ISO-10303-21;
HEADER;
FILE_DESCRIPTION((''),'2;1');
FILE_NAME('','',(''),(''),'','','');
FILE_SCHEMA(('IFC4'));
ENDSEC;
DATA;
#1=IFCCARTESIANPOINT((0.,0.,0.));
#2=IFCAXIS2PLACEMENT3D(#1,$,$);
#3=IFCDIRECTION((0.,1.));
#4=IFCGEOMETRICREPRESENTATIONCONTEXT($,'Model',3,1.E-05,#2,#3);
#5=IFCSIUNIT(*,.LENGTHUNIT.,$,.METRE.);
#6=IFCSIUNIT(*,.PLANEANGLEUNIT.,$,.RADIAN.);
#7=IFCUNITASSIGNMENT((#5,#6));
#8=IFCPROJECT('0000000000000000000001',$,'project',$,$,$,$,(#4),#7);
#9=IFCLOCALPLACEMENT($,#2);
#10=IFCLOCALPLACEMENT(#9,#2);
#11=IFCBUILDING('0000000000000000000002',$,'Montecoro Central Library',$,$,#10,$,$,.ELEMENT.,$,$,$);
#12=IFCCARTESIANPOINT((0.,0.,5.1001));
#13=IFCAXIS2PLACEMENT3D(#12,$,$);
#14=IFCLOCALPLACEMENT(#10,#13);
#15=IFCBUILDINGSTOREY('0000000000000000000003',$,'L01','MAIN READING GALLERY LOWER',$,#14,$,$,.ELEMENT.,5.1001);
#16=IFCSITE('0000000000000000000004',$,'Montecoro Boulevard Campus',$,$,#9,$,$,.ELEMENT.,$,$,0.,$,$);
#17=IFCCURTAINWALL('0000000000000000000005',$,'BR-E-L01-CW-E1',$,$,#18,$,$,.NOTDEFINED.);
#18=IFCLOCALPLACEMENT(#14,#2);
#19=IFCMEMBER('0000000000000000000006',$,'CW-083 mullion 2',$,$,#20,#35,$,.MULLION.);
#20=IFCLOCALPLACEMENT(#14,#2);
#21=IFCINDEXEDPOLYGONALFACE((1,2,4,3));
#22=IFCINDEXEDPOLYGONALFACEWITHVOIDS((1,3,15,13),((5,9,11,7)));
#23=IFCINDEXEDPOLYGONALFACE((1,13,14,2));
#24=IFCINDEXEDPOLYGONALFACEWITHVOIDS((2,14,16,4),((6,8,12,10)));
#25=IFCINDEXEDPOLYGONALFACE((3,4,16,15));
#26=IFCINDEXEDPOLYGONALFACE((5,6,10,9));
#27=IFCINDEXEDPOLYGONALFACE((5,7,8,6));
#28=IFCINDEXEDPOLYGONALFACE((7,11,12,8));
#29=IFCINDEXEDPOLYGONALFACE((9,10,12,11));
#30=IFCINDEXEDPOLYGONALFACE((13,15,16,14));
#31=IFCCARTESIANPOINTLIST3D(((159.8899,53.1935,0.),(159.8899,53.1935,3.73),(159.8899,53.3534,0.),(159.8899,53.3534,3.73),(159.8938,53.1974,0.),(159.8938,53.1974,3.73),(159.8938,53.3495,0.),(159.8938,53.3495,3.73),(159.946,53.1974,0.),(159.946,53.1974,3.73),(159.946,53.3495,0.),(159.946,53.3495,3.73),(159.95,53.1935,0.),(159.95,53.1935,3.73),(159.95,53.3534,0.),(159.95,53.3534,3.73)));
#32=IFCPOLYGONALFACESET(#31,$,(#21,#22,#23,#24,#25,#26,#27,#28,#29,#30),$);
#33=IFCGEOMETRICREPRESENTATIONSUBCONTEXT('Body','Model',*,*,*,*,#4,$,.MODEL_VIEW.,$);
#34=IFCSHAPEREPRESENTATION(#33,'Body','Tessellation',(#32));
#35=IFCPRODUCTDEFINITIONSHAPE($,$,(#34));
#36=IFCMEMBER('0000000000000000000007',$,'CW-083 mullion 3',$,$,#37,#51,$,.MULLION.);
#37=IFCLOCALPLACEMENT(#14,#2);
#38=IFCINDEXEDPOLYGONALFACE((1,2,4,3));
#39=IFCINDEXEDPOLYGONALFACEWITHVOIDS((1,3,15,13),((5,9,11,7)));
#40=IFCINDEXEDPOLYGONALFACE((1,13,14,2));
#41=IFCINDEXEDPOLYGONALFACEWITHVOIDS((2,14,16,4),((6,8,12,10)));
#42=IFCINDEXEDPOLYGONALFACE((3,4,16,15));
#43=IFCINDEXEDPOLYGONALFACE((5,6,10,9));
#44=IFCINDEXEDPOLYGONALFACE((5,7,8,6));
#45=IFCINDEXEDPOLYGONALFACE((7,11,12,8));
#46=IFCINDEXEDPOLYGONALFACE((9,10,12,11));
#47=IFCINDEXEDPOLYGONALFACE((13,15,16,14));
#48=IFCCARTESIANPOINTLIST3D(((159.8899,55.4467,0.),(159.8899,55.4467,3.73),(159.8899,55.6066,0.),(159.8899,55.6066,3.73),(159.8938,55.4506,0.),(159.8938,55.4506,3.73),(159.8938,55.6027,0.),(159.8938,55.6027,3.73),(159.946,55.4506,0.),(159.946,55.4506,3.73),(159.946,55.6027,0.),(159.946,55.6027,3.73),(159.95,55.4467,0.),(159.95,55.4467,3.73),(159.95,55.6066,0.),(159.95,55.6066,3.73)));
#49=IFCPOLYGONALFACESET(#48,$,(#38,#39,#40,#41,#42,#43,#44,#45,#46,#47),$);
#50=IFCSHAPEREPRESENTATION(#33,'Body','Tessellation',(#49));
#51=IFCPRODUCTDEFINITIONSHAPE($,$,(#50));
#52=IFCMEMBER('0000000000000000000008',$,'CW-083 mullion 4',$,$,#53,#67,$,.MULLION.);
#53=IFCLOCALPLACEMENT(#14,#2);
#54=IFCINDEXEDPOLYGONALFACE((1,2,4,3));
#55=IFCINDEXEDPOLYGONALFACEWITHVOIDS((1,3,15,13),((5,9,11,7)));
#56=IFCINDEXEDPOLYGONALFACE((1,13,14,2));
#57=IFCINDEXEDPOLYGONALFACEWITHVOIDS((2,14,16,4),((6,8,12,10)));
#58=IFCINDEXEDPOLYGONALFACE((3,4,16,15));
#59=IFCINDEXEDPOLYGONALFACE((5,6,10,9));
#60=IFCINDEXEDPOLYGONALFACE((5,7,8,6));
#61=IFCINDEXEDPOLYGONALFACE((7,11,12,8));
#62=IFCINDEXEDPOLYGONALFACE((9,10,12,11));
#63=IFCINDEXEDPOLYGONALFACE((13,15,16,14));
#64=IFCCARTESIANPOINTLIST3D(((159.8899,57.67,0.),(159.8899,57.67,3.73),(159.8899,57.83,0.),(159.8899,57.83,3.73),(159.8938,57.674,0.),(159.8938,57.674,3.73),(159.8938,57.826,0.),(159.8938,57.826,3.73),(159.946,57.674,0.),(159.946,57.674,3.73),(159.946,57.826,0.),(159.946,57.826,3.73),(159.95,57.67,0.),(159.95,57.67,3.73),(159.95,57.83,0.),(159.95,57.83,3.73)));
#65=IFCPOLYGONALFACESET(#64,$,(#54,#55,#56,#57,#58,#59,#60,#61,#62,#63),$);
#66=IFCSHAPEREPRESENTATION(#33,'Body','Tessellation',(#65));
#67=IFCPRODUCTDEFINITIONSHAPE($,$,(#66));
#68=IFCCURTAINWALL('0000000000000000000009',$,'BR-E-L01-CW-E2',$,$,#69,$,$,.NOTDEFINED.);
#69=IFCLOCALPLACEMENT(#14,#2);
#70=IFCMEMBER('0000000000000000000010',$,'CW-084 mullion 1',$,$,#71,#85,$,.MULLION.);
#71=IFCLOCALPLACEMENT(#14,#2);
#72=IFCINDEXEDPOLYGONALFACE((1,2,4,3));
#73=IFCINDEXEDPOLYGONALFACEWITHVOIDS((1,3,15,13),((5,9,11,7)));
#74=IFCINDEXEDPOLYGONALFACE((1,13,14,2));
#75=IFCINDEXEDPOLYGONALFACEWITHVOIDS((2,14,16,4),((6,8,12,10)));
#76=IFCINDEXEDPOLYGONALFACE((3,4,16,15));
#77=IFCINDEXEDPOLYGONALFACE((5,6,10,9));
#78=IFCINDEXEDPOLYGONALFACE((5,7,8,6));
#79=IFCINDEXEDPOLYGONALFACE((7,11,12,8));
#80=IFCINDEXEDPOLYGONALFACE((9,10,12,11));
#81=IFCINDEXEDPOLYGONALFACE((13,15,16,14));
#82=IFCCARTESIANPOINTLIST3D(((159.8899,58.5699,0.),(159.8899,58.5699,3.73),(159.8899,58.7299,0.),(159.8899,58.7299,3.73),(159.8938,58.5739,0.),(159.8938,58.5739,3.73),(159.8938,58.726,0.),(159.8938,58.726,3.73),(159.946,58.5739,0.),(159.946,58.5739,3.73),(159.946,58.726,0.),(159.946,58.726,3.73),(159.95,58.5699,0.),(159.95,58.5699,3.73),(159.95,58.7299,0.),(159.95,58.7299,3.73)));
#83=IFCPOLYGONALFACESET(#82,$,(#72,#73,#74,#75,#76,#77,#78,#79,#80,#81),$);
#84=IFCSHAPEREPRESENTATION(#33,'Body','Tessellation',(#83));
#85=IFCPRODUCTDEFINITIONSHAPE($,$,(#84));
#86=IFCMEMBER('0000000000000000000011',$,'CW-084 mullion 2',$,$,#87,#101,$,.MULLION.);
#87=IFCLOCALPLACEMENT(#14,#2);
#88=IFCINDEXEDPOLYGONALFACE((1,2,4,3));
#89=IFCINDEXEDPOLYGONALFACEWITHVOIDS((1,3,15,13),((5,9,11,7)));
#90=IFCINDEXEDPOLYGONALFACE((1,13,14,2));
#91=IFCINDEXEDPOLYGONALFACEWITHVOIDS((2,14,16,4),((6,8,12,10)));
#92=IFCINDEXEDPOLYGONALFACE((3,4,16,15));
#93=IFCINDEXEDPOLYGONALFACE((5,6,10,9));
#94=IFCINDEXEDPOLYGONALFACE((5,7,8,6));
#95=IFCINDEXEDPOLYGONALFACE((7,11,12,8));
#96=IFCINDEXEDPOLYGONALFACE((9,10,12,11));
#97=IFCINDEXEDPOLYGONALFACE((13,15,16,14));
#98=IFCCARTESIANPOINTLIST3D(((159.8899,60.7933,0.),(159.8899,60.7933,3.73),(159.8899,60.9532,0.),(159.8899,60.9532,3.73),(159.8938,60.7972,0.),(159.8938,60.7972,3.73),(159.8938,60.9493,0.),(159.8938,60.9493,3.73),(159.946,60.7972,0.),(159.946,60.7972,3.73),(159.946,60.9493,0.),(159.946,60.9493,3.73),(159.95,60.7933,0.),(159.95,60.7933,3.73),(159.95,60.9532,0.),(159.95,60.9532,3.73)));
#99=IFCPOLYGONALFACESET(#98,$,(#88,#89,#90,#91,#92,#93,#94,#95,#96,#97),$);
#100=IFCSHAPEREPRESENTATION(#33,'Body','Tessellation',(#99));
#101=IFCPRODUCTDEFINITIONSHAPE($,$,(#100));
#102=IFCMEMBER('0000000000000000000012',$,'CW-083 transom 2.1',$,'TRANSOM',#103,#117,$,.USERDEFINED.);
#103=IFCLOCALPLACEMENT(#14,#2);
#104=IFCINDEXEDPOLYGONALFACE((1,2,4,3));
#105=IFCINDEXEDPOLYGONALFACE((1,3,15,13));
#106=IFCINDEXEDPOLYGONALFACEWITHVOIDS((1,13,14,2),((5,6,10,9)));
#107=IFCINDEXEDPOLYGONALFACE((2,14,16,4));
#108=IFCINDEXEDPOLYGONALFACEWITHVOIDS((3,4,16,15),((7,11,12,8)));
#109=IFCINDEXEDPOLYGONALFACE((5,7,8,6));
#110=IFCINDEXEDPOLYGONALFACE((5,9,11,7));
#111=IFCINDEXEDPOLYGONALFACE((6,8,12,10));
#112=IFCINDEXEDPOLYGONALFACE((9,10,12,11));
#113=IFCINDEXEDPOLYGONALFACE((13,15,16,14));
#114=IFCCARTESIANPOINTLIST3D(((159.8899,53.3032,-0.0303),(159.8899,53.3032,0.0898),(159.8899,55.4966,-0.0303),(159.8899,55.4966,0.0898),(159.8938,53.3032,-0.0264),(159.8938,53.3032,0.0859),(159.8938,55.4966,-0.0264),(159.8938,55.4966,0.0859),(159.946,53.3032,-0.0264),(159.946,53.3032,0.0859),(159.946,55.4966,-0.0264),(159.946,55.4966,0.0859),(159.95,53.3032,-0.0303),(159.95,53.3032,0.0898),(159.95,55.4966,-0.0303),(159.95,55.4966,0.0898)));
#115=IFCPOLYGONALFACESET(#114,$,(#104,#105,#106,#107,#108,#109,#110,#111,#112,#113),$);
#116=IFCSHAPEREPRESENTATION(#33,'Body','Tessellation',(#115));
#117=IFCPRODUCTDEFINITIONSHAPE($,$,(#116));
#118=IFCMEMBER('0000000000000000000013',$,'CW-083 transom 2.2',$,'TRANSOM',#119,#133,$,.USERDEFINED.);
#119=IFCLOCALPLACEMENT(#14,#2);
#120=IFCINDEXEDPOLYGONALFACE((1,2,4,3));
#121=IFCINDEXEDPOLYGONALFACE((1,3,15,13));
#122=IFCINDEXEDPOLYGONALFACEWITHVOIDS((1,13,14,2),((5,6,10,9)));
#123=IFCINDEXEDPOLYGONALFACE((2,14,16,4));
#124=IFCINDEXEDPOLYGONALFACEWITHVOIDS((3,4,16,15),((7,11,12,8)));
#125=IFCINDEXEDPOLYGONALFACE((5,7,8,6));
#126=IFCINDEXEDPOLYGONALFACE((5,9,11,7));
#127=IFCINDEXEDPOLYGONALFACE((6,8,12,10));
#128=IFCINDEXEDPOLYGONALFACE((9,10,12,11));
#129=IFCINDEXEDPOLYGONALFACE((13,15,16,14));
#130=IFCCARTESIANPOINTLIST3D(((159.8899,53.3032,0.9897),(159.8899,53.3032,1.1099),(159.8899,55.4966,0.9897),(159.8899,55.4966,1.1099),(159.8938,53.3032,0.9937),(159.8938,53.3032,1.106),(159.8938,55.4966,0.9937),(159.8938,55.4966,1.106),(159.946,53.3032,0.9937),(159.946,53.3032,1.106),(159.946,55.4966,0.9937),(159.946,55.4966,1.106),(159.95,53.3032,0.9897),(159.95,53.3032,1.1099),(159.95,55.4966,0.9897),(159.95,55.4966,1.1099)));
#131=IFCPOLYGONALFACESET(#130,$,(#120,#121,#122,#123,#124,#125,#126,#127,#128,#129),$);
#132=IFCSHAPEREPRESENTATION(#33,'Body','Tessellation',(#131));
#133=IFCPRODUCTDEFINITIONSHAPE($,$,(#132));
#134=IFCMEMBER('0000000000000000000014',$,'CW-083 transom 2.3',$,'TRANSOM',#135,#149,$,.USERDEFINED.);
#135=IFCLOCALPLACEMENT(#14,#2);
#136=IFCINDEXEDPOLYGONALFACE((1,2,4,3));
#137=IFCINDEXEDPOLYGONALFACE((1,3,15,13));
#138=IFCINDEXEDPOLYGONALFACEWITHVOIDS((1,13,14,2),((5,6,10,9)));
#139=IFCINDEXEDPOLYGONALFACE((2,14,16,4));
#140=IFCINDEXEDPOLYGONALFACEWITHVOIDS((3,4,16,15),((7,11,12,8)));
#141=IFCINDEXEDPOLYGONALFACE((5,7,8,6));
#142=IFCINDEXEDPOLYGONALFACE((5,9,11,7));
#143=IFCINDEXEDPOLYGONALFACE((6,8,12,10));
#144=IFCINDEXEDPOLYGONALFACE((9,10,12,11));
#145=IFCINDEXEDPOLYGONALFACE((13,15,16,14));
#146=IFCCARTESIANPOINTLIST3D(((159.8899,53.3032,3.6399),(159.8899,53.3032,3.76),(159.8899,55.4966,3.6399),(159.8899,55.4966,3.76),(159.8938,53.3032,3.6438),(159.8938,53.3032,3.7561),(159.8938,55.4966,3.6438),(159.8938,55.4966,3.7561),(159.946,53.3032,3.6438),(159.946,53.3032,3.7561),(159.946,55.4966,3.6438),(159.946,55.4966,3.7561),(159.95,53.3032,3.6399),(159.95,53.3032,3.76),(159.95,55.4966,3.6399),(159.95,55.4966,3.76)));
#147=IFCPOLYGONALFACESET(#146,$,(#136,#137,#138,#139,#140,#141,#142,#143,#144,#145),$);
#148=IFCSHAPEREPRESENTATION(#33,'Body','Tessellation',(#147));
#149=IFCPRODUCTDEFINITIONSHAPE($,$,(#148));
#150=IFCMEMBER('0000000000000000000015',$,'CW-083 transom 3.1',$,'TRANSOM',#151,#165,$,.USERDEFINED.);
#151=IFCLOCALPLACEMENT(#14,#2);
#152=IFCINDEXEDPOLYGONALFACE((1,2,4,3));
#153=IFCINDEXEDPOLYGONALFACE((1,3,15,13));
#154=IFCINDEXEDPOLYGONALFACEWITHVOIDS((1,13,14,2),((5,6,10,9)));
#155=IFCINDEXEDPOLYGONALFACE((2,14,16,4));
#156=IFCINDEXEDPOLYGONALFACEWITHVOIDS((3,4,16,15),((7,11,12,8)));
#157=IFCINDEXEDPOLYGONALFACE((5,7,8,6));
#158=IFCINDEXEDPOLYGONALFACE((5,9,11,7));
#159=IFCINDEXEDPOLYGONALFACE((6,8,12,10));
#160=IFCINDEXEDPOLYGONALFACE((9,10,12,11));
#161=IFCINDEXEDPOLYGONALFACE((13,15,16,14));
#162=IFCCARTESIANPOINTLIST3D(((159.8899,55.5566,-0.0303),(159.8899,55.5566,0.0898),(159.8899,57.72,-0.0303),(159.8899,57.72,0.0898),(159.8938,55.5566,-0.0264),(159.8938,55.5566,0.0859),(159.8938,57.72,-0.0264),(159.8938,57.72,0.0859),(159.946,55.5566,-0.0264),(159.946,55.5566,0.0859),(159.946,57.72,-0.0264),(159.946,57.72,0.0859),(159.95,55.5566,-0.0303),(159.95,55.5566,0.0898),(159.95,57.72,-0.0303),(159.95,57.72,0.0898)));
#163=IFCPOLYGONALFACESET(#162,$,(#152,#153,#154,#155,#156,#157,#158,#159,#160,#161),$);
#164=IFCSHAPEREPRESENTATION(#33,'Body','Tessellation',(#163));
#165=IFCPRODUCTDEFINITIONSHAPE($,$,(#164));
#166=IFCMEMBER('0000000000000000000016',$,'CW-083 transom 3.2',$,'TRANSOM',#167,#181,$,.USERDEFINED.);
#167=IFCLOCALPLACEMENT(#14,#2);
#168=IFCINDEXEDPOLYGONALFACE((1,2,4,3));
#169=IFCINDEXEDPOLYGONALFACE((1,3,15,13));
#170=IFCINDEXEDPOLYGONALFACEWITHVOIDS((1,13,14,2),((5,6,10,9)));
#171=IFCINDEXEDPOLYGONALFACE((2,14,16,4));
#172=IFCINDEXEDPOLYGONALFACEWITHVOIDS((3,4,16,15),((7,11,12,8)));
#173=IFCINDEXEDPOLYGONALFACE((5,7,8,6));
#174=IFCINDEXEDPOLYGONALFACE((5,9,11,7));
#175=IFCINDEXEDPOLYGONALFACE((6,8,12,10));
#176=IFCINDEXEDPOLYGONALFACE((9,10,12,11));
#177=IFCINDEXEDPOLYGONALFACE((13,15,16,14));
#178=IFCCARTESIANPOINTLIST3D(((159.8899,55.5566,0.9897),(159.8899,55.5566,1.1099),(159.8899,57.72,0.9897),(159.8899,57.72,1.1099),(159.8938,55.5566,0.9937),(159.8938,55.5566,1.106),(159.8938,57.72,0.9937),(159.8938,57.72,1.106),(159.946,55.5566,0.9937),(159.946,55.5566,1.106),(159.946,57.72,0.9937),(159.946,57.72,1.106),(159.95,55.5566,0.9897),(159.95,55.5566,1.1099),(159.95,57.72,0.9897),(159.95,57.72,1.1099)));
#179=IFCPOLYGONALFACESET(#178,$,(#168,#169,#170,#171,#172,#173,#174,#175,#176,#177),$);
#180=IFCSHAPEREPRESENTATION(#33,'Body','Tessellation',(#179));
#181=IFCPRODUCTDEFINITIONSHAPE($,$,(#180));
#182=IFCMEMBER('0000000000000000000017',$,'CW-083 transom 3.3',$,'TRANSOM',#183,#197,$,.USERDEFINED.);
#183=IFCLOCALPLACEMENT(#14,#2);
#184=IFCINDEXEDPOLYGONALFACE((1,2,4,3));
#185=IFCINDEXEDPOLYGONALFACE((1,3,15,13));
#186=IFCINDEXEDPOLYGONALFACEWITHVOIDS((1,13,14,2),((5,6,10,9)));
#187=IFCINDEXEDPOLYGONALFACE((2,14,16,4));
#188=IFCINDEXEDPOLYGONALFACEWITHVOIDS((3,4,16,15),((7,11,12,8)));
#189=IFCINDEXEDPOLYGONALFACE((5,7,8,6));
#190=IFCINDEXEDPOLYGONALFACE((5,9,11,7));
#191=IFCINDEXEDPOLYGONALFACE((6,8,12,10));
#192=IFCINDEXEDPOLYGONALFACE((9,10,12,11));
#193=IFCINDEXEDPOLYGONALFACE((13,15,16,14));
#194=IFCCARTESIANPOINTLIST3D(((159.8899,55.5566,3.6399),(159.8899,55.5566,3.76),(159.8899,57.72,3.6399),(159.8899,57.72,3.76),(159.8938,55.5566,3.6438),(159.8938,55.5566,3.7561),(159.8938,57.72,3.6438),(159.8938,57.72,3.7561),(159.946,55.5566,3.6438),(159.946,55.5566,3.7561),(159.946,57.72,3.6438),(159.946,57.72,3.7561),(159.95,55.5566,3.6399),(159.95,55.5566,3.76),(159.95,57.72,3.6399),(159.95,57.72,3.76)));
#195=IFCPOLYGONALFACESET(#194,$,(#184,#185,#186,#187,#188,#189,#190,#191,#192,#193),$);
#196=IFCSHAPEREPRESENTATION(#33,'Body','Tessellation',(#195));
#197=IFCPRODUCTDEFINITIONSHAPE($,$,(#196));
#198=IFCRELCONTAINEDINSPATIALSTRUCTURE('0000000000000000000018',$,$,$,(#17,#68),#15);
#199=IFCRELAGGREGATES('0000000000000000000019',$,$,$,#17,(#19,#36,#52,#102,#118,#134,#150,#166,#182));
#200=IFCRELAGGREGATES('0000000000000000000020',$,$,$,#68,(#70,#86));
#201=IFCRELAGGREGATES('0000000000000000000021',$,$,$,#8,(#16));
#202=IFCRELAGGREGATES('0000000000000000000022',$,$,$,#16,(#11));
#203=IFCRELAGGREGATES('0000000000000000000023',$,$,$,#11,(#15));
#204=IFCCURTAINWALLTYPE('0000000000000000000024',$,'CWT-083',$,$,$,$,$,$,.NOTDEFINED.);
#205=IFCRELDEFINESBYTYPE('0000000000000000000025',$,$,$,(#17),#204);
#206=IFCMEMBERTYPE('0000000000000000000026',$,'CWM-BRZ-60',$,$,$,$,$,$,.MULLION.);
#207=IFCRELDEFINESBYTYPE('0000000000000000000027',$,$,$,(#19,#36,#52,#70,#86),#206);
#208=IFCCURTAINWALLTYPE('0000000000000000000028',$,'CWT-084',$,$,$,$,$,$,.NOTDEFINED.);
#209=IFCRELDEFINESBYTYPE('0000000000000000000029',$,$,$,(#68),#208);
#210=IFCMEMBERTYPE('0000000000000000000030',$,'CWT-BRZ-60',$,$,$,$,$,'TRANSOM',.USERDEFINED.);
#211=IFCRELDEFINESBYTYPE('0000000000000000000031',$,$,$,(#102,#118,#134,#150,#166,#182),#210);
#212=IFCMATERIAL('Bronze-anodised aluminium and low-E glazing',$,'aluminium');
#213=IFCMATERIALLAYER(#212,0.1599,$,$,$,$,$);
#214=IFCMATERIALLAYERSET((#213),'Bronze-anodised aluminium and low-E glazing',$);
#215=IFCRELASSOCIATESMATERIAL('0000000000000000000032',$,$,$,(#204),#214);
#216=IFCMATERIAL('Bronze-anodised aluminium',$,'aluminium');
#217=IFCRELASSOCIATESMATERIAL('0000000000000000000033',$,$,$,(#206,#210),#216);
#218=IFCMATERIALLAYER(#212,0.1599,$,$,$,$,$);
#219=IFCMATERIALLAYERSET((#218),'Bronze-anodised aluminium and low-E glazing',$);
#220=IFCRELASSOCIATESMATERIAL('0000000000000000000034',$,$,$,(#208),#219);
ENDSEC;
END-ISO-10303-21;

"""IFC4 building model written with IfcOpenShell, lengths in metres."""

from ifc_helpers import new_model, si_unit, direction, frame, origin, origin_2d, place, context, subcontext, project, spatial, hollow_rectangle, extrude, material, layer, layer_set, material_profile, profile_set, type_object, element, aggregate, save


model = new_model("IFC4")

# Units and contexts
model_context = context("Model", 3, precision=1e-05, world=origin(), true_north=direction((0.0, 1.0)))
body_context = subcontext(model_context, "Body", "Model", "MODEL_VIEW")
ifc_project = project(units=[si_unit("LENGTHUNIT", "METRE"), si_unit("PLANEANGLEUNIT", "RADIAN")], contexts=[model_context])

# Site, building, storey
site_placement = place(None, origin())
site = spatial("IfcSite", under=ifc_project, at=site_placement, Name="Montecoro Boulevard Campus", CompositionType="ELEMENT", RefElevation=0.0)
building_placement = place(site_placement, origin())
building = spatial("IfcBuilding", under=site, at=building_placement, Name="Montecoro Central Library", CompositionType="ELEMENT")
storey_placement = place(building_placement, frame((0.0, 0.0, 5.1001)))
storey = spatial("IfcBuildingStorey", under=building, at=storey_placement, Name="L01", Description="MAIN READING GALLERY LOWER", CompositionType="ELEMENT", Elevation=5.1001)

# Curtain walls, members
ifc_material_1 = material(Name="Bronze-anodised aluminium and low-E glazing", Category="aluminium")
ifc_layer_1 = layer(ifc_material_1, 0.1599)
ifc_layer_set_1 = layer_set([ifc_layer_1], Name="Bronze-anodised aluminium and low-E glazing")
curtain_wall_type_1 = type_object("IfcCurtainWallType", Name="CWT-083", PredefinedType="NOTDEFINED", material=ifc_layer_set_1)
curtain_wall_1_placement = place(storey_placement, origin())
curtain_wall_1 = element("IfcCurtainWall", 1, at=curtain_wall_1_placement, inside=storey, type_object=curtain_wall_type_1, Name="BR-E-L01-CW-E1", PredefinedType="NOTDEFINED")
ifc_material_2 = material(Name="Bronze-anodised aluminium", Category="aluminium")
ifc_material_profile_1 = material_profile(ifc_material_2, hollow_rectangle(XDim=0.0601, YDim=0.1599, WallThickness=0.0039, at=origin_2d()), Name="CWM 160x60x4.0")
ifc_profile_set_1 = profile_set([ifc_material_profile_1], Name="Bronze-anodised aluminium")
member_type_1 = type_object("IfcMemberType", Name="CWM-BRZ-60", PredefinedType="MULLION", material=ifc_profile_set_1)
member_1_placement = place(storey_placement, frame((159.9199, 53.2734, 0.0), z_axis=(0.0, 0.0, 1.0), x_axis=(-1.0, 0.0, 0.0)))
member_1 = element("IfcMember", 2, at=member_1_placement, type_object=member_type_1, Name="CW-083 mullion 2", PredefinedType="MULLION", context=body_context, shape_type="SweptSolid", body=[
    extrude(hollow_rectangle(XDim=0.0601, YDim=0.1599, WallThickness=0.0039, at=origin_2d()), origin(), (0.0, 0.0, 1.0), 3.73),
])
member_2_placement = place(storey_placement, frame((159.9199, 55.5266, 0.0), z_axis=(0.0, 0.0, 1.0), x_axis=(-1.0, 0.0, 0.0)))
member_2 = element("IfcMember", 3, at=member_2_placement, type_object=member_type_1, Name="CW-083 mullion 3", PredefinedType="MULLION", context=body_context, shape_type="SweptSolid", body=[
    extrude(hollow_rectangle(XDim=0.0601, YDim=0.1599, WallThickness=0.0039, at=origin_2d()), origin(), (0.0, 0.0, 1.0), 3.73),
])
member_3_placement = place(storey_placement, frame((159.9199, 57.75, 0.0), z_axis=(0.0, 0.0, 1.0), x_axis=(-1.0, 0.0, 0.0)))
member_3 = element("IfcMember", 4, at=member_3_placement, type_object=member_type_1, Name="CW-083 mullion 4", PredefinedType="MULLION", context=body_context, shape_type="SweptSolid", body=[
    extrude(hollow_rectangle(XDim=0.0601, YDim=0.1599, WallThickness=0.0039, at=origin_2d()), origin(), (0.0, 0.0, 1.0), 3.73),
])
ifc_layer_2 = layer(ifc_material_1, 0.1599)
ifc_layer_set_2 = layer_set([ifc_layer_2], Name="Bronze-anodised aluminium and low-E glazing")
curtain_wall_type_2 = type_object("IfcCurtainWallType", Name="CWT-084", PredefinedType="NOTDEFINED", material=ifc_layer_set_2)
curtain_wall_2_placement = place(storey_placement, origin())
curtain_wall_2 = element("IfcCurtainWall", 5, at=curtain_wall_2_placement, inside=storey, type_object=curtain_wall_type_2, Name="BR-E-L01-CW-E2", PredefinedType="NOTDEFINED")
member_4_placement = place(storey_placement, frame((159.9199, 58.6499, 0.0), z_axis=(0.0, 0.0, 1.0), x_axis=(-1.0, 0.0, 0.0)))
member_4 = element("IfcMember", 6, at=member_4_placement, type_object=member_type_1, Name="CW-084 mullion 1", PredefinedType="MULLION", context=body_context, shape_type="SweptSolid", body=[
    extrude(hollow_rectangle(XDim=0.0601, YDim=0.1599, WallThickness=0.0039, at=origin_2d()), origin(), (0.0, 0.0, 1.0), 3.73),
])
member_5_placement = place(storey_placement, frame((159.9199, 60.8733, 0.0), z_axis=(0.0, 0.0, 1.0), x_axis=(-1.0, 0.0, 0.0)))
member_5 = element("IfcMember", 7, at=member_5_placement, type_object=member_type_1, Name="CW-084 mullion 2", PredefinedType="MULLION", context=body_context, shape_type="SweptSolid", body=[
    extrude(hollow_rectangle(XDim=0.0601, YDim=0.1599, WallThickness=0.0039, at=origin_2d()), origin(), (0.0, 0.0, 1.0), 3.73),
])

# Members
ifc_material_profile_2 = material_profile(ifc_material_2, hollow_rectangle(XDim=0.0601, YDim=0.1201, WallThickness=0.0039, at=origin_2d()), Name="CWT 120x60x4.0")
ifc_profile_set_2 = profile_set([ifc_material_profile_2], Name="Bronze-anodised aluminium")
member_type_2 = type_object("IfcMemberType", Name="CWT-BRZ-60", ElementType="TRANSOM", PredefinedType="USERDEFINED", material=ifc_profile_set_2)
member_6_placement = place(storey_placement, frame((159.9199, 53.3032, 0.0298), z_axis=(0.0, 1.0, 0.0), x_axis=(-1.0, 0.0, 0.0)))
member_6 = element("IfcMember", 8, at=member_6_placement, type_object=member_type_2, Name="CW-083 transom 2.1", ObjectType="TRANSOM", PredefinedType="USERDEFINED", context=body_context, shape_type="SweptSolid", body=[
    extrude(hollow_rectangle(XDim=0.0601, YDim=0.1201, WallThickness=0.0039, at=origin_2d()), origin(), (0.0, 0.0, 1.0), 2.1934),
])
member_7_placement = place(storey_placement, frame((159.9199, 53.3032, 1.0498), z_axis=(0.0, 1.0, 0.0), x_axis=(-1.0, 0.0, 0.0)))
member_7 = element("IfcMember", 9, at=member_7_placement, type_object=member_type_2, Name="CW-083 transom 2.2", ObjectType="TRANSOM", PredefinedType="USERDEFINED", context=body_context, shape_type="SweptSolid", body=[
    extrude(hollow_rectangle(XDim=0.0601, YDim=0.1201, WallThickness=0.0039, at=origin_2d()), origin(), (0.0, 0.0, 1.0), 2.1934),
])
member_8_placement = place(storey_placement, frame((159.9199, 53.3032, 3.7), z_axis=(0.0, 1.0, 0.0), x_axis=(-1.0, 0.0, 0.0)))
member_8 = element("IfcMember", 10, at=member_8_placement, type_object=member_type_2, Name="CW-083 transom 2.3", ObjectType="TRANSOM", PredefinedType="USERDEFINED", context=body_context, shape_type="SweptSolid", body=[
    extrude(hollow_rectangle(XDim=0.0601, YDim=0.1201, WallThickness=0.0039, at=origin_2d()), origin(), (0.0, 0.0, 1.0), 2.1934),
])
member_9_placement = place(storey_placement, frame((159.9199, 55.5566, 0.0298), z_axis=(0.0, 1.0, 0.0), x_axis=(-1.0, 0.0, 0.0)))
member_9 = element("IfcMember", 11, at=member_9_placement, type_object=member_type_2, Name="CW-083 transom 3.1", ObjectType="TRANSOM", PredefinedType="USERDEFINED", context=body_context, shape_type="SweptSolid", body=[
    extrude(hollow_rectangle(XDim=0.0601, YDim=0.1201, WallThickness=0.0039, at=origin_2d()), origin(), (0.0, 0.0, 1.0), 2.1633),
])
member_10_placement = place(storey_placement, frame((159.9199, 55.5566, 1.0498), z_axis=(0.0, 1.0, 0.0), x_axis=(-1.0, 0.0, 0.0)))
member_10 = element("IfcMember", 12, at=member_10_placement, type_object=member_type_2, Name="CW-083 transom 3.2", ObjectType="TRANSOM", PredefinedType="USERDEFINED", context=body_context, shape_type="SweptSolid", body=[
    extrude(hollow_rectangle(XDim=0.0601, YDim=0.1201, WallThickness=0.0039, at=origin_2d()), origin(), (0.0, 0.0, 1.0), 2.1633),
])
member_11_placement = place(storey_placement, frame((159.9199, 55.5566, 3.7), z_axis=(0.0, 1.0, 0.0), x_axis=(-1.0, 0.0, 0.0)))
member_11 = element("IfcMember", 13, at=member_11_placement, type_object=member_type_2, Name="CW-083 transom 3.3", ObjectType="TRANSOM", PredefinedType="USERDEFINED", context=body_context, shape_type="SweptSolid", body=[
    extrude(hollow_rectangle(XDim=0.0601, YDim=0.1201, WallThickness=0.0039, at=origin_2d()), origin(), (0.0, 0.0, 1.0), 2.1633),
])

aggregate(curtain_wall_1, [member_1, member_2, member_3, member_6, member_7, member_8, member_9, member_10, member_11])
aggregate(curtain_wall_2, [member_4, member_5])

save(model, "model.ifc")
